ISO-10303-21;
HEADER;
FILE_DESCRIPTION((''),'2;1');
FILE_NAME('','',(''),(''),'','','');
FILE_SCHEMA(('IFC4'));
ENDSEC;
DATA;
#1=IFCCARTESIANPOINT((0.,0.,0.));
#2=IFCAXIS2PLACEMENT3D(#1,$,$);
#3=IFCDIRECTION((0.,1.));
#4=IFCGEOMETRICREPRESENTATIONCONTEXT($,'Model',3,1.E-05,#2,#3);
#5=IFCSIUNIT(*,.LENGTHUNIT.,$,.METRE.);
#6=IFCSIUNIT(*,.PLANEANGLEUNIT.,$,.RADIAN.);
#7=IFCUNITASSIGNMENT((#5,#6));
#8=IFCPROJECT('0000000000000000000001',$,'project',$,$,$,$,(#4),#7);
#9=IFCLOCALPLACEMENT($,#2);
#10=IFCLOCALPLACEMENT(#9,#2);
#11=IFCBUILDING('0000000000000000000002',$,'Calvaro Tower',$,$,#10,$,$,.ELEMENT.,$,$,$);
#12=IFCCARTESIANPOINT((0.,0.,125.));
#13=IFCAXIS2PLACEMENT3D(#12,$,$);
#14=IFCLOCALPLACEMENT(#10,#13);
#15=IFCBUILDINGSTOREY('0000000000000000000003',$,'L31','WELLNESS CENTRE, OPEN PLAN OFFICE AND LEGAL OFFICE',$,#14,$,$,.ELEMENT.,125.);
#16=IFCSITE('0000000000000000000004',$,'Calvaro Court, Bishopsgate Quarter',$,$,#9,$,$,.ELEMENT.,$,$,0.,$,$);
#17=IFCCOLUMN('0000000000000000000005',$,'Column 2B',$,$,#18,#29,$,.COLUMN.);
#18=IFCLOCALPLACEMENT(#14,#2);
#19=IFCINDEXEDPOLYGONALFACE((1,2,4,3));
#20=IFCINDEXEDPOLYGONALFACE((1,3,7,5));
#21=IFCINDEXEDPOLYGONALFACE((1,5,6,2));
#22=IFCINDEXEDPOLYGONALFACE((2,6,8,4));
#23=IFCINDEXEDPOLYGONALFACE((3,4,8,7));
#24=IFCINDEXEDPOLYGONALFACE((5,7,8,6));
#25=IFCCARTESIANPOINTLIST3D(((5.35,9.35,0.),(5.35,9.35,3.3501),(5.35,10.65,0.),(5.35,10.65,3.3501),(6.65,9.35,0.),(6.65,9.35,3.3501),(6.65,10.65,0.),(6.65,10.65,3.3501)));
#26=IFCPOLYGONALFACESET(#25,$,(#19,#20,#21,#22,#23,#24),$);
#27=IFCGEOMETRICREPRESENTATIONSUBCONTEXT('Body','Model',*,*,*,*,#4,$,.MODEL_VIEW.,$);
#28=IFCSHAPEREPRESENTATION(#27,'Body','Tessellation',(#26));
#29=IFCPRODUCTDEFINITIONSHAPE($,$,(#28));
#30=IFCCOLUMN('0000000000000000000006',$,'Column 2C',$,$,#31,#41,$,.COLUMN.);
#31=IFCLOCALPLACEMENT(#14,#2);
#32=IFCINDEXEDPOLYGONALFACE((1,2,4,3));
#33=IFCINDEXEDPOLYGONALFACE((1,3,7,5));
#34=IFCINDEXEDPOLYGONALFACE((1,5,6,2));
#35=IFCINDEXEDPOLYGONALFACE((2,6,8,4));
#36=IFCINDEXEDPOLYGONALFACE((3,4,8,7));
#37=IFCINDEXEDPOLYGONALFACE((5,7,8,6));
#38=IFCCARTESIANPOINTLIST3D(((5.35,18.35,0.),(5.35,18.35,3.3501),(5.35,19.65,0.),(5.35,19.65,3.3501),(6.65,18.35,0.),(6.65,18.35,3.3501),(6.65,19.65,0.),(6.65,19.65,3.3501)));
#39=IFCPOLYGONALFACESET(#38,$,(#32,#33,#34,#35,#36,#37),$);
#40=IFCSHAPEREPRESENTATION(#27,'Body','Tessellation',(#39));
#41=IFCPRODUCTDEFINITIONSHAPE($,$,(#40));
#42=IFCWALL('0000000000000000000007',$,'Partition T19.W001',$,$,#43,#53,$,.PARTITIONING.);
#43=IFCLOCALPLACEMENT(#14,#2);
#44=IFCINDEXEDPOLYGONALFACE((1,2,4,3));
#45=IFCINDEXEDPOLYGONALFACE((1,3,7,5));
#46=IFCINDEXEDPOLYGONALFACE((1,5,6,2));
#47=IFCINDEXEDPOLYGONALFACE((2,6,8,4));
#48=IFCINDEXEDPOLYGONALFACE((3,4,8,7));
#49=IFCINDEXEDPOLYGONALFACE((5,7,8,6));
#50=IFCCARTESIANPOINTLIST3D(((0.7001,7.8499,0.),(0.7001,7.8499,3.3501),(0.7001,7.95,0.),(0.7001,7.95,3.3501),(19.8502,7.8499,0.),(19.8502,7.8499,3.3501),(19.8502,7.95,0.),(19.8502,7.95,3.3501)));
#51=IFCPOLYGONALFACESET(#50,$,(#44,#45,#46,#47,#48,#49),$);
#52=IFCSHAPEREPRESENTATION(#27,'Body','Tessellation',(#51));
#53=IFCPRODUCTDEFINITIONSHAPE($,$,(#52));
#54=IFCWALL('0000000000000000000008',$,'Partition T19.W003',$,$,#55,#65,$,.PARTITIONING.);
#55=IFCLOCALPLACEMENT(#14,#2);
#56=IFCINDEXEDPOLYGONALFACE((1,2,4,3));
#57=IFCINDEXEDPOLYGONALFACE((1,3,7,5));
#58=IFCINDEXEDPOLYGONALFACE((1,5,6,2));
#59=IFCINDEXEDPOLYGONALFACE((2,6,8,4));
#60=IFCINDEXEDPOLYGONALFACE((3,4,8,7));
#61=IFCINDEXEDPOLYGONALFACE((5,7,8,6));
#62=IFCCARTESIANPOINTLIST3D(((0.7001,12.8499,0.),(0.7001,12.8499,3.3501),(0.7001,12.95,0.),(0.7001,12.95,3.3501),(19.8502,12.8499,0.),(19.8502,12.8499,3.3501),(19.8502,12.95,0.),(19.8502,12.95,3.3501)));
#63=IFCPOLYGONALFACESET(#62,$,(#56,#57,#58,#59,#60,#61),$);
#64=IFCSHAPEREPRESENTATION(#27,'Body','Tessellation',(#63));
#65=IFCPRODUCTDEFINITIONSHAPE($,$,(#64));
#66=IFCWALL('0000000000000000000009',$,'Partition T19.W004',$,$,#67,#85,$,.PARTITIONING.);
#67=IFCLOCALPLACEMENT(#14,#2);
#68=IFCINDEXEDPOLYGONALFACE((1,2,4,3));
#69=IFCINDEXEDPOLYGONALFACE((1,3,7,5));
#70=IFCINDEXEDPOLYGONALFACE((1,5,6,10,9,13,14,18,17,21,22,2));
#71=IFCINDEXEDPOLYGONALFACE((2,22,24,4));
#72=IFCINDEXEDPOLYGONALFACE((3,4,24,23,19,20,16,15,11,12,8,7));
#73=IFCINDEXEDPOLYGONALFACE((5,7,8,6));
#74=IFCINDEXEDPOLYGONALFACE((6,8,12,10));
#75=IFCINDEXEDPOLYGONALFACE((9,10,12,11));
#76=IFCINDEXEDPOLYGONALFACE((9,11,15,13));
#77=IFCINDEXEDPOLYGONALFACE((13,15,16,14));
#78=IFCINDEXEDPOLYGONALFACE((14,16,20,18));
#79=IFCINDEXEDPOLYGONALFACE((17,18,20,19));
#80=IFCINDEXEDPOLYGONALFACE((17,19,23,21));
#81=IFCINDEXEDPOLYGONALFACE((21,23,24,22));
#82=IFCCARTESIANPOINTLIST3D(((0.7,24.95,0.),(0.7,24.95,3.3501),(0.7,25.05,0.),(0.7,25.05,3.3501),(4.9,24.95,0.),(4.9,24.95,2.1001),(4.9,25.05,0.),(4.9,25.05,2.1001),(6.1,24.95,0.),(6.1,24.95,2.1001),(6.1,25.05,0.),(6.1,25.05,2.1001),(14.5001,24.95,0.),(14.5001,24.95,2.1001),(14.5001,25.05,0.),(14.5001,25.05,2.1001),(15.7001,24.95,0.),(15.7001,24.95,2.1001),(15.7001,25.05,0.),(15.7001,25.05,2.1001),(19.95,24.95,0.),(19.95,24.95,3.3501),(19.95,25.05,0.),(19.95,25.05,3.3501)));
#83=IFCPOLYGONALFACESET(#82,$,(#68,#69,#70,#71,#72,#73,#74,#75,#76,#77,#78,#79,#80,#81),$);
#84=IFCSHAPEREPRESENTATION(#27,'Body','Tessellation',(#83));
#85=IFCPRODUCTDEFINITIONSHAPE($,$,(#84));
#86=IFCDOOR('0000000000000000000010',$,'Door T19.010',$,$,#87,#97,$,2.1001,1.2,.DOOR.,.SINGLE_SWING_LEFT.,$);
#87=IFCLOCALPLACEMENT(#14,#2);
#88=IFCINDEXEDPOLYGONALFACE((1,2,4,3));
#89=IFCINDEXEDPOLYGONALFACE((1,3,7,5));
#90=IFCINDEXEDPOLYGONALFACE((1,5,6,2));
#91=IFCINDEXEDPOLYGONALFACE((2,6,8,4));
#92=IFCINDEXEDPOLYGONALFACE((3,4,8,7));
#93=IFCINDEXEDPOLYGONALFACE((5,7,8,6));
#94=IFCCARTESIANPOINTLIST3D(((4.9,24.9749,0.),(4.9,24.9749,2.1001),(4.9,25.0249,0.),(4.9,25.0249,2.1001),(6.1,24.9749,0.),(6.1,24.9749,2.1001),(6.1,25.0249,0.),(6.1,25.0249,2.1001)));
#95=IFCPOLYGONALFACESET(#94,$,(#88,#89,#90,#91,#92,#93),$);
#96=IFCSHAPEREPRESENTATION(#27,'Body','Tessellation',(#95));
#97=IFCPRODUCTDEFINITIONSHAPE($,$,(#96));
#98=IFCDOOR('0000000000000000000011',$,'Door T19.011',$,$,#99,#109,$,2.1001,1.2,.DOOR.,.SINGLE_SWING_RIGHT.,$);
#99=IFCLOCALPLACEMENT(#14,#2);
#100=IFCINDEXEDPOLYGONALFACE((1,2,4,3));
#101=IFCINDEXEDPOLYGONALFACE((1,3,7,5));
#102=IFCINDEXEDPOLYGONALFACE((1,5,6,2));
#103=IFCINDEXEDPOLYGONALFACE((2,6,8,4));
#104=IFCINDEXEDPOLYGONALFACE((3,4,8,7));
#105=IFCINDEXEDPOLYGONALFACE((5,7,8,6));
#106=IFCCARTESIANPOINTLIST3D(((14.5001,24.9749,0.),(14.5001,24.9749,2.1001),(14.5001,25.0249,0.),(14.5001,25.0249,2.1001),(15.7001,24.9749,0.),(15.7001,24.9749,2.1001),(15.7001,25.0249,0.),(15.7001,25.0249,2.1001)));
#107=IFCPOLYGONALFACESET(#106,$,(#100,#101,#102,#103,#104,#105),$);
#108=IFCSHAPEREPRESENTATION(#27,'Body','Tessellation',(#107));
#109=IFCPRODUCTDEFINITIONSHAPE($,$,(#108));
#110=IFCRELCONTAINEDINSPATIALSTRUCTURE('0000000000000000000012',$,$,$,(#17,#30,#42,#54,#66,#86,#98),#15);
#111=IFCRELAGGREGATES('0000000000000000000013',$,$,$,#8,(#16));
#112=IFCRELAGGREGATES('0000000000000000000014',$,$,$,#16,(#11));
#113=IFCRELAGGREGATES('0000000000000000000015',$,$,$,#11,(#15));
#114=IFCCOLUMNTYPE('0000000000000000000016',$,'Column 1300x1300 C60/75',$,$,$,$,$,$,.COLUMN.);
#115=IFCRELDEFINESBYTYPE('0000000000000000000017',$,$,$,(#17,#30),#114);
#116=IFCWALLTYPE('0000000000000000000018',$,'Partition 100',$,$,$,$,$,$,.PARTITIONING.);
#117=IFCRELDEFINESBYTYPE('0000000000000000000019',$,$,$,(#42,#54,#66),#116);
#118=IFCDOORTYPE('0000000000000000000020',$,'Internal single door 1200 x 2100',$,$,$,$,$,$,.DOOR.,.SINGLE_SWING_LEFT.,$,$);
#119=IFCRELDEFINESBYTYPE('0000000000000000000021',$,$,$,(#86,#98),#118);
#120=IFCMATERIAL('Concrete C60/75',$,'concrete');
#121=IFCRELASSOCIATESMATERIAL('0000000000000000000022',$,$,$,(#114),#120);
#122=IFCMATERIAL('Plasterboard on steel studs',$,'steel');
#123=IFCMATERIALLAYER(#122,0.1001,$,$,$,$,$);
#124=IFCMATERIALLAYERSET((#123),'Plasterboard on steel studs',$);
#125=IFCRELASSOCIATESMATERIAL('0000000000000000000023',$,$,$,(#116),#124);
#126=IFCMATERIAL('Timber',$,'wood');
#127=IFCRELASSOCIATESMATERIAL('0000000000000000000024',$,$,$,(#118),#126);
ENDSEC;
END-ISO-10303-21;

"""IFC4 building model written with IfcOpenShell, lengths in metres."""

from ifc_helpers import new_model, si_unit, direction, frame, frame_2d, origin, origin_2d, place, context, subcontext, project, spatial, rectangle, extrude, material, layer, layer_set, material_profile, profile_set, type_object, element, fill, save


model = new_model("IFC4")

# Units and contexts
model_context = context("Model", 3, precision=1e-05, world=origin(), true_north=direction((0.0, 1.0)))
body_context = subcontext(model_context, "Body", "Model", "MODEL_VIEW")
ifc_project = project(units=[si_unit("LENGTHUNIT", "METRE"), si_unit("PLANEANGLEUNIT", "RADIAN")], contexts=[model_context])

# Site, building, storey
site_placement = place(None, origin())
site = spatial("IfcSite", under=ifc_project, at=site_placement, Name="Calvaro Court, Bishopsgate Quarter", CompositionType="ELEMENT", RefElevation=0.0)
building_placement = place(site_placement, origin())
building = spatial("IfcBuilding", under=site, at=building_placement, Name="Calvaro Tower", CompositionType="ELEMENT")
storey_placement = place(building_placement, frame((0.0, 0.0, 125.0)))
storey = spatial("IfcBuildingStorey", under=building, at=storey_placement, Name="L31", Description="WELLNESS CENTRE, OPEN PLAN OFFICE AND LEGAL OFFICE", CompositionType="ELEMENT", Elevation=125.0)

# Columns
ifc_material_1 = material(Name="Concrete C60/75", Category="concrete")
ifc_material_profile = material_profile(ifc_material_1, rectangle(XDim=1.3, YDim=1.3, at=origin_2d()), Name="RC 1300x1300")
ifc_profile_set = profile_set([ifc_material_profile], Name="Concrete C60/75")
column_type = type_object("IfcColumnType", Name="Column 1300x1300 C60/75", PredefinedType="COLUMN", material=ifc_profile_set)
for number, where, z_axis, x_axis, name in (
    (1, (6.0, 10.0, 0.0), (0.0, 0.0, 1.0), (1.0, 0.0, 0.0), "Column 2B"),
    (2, (6.0, 19.0, 0.0), (0.0, 0.0, 1.0), (1.0, 0.0, 0.0), "Column 2C"),
):
    element("IfcColumn", number, at=place(storey_placement, frame(where, z_axis=z_axis, x_axis=x_axis)), inside=storey, type_object=column_type, Name=name, PredefinedType="COLUMN", context=body_context, shape_type="SweptSolid", body=[
        extrude(rectangle(XDim=1.3, YDim=1.3, at=origin_2d()), origin(), (0.0, 0.0, 1.0), 3.3501),
    ])

# Walls
ifc_material_2 = material(Name="Plasterboard on steel studs", Category="steel")
ifc_layer = layer(ifc_material_2, 0.1001)
ifc_layer_set = layer_set([ifc_layer], Name="Plasterboard on steel studs")
wall_type = type_object("IfcWallType", Name="Partition 100", PredefinedType="PARTITIONING", material=ifc_layer_set)
for number, where, z_axis, x_axis, name in (
    (3, (0.7, 7.8999, 0.0), (0.0, 0.0, 1.0), (1.0, 0.0, 0.0), "Partition T19.W001"),
    (4, (0.7, 12.8999, 0.0), (0.0, 0.0, 1.0), (1.0, 0.0, 0.0), "Partition T19.W003"),
):
    element("IfcWall", number, at=place(storey_placement, frame(where, z_axis=z_axis, x_axis=x_axis)), inside=storey, type_object=wall_type, Name=name, PredefinedType="PARTITIONING", context=body_context, shape_type="SweptSolid", body=[
        extrude(rectangle(XDim=19.1501, YDim=0.1001, at=frame_2d((9.5752, 0.0))), origin(), (0.0, 0.0, 1.0), 3.3501),
    ])

# Wall, openings, doors
wall_placement = place(storey_placement, frame((0.7, 25.0, 0.0), z_axis=(0.0, 0.0, 1.0), x_axis=(1.0, 0.0, 0.0)))
wall = element("IfcWall", 5, at=wall_placement, inside=storey, type_object=wall_type, Name="Partition T19.W004", PredefinedType="PARTITIONING", context=body_context, shape_type="SweptSolid", body=[
    extrude(rectangle(XDim=19.25, YDim=0.1001, at=frame_2d((9.625, 0.0))), origin(), (0.0, 0.0, 1.0), 3.3501),
])
opening_1_placement = place(wall_placement, frame((4.2, 0.0, 0.0)))
opening_1 = element("IfcOpeningElement", 6, at=opening_1_placement, cuts=wall, PredefinedType="OPENING", context=body_context, shape_type="SweptSolid", body=[
    extrude(rectangle(XDim=1.2, YDim=2.1001, at=frame_2d((0.6001, 1.05))), frame((0.0, 0.0601, 0.0), z_axis=(0.0, -1.0, 0.0), x_axis=(1.0, 0.0, 0.0)), (0.0, 0.0, 1.0), 0.1201),
])
opening_2_placement = place(wall_placement, frame((13.8, 0.0, 0.0)))
opening_2 = element("IfcOpeningElement", 7, at=opening_2_placement, cuts=wall, PredefinedType="OPENING", context=body_context, shape_type="SweptSolid", body=[
    extrude(rectangle(XDim=1.2, YDim=2.1001, at=frame_2d((0.6001, 1.05))), frame((0.0, 0.0601, 0.0), z_axis=(0.0, -1.0, 0.0), x_axis=(1.0, 0.0, 0.0)), (0.0, 0.0, 1.0), 0.1201),
])
ifc_material_3 = material(Name="Timber", Category="wood")
door_type = type_object("IfcDoorType", Name="Internal single door 1200 x 2100", OperationType="SINGLE_SWING_LEFT", PredefinedType="DOOR", material=ifc_material_3)
door_1_placement = place(opening_1_placement, origin())
door_1 = element("IfcDoor", 8, at=door_1_placement, inside=storey, type_object=door_type, Name="Door T19.010", OperationType="SINGLE_SWING_LEFT", OverallHeight=2.1001, OverallWidth=1.2, PredefinedType="DOOR", context=body_context, shape_type="SweptSolid", body=[
    extrude(rectangle(XDim=1.2, YDim=2.1001, at=frame_2d((0.6001, 1.05))), frame((0.0, 0.0249, 0.0), z_axis=(0.0, -1.0, 0.0), x_axis=(1.0, 0.0, 0.0)), (0.0, 0.0, 1.0), 0.05),
])
fill(opening_1, door_1)
door_2_placement = place(opening_2_placement, origin())
door_2 = element("IfcDoor", 9, at=door_2_placement, inside=storey, type_object=door_type, Name="Door T19.011", OperationType="SINGLE_SWING_RIGHT", OverallHeight=2.1001, OverallWidth=1.2, PredefinedType="DOOR", context=body_context, shape_type="SweptSolid", body=[
    extrude(rectangle(XDim=1.2, YDim=2.1001, at=frame_2d((0.6001, 1.05))), frame((0.0, 0.0249, 0.0), z_axis=(0.0, -1.0, 0.0), x_axis=(1.0, 0.0, 0.0)), (0.0, 0.0, 1.0), 0.05),
])
fill(opening_2, door_2)

save(model, "model.ifc")
